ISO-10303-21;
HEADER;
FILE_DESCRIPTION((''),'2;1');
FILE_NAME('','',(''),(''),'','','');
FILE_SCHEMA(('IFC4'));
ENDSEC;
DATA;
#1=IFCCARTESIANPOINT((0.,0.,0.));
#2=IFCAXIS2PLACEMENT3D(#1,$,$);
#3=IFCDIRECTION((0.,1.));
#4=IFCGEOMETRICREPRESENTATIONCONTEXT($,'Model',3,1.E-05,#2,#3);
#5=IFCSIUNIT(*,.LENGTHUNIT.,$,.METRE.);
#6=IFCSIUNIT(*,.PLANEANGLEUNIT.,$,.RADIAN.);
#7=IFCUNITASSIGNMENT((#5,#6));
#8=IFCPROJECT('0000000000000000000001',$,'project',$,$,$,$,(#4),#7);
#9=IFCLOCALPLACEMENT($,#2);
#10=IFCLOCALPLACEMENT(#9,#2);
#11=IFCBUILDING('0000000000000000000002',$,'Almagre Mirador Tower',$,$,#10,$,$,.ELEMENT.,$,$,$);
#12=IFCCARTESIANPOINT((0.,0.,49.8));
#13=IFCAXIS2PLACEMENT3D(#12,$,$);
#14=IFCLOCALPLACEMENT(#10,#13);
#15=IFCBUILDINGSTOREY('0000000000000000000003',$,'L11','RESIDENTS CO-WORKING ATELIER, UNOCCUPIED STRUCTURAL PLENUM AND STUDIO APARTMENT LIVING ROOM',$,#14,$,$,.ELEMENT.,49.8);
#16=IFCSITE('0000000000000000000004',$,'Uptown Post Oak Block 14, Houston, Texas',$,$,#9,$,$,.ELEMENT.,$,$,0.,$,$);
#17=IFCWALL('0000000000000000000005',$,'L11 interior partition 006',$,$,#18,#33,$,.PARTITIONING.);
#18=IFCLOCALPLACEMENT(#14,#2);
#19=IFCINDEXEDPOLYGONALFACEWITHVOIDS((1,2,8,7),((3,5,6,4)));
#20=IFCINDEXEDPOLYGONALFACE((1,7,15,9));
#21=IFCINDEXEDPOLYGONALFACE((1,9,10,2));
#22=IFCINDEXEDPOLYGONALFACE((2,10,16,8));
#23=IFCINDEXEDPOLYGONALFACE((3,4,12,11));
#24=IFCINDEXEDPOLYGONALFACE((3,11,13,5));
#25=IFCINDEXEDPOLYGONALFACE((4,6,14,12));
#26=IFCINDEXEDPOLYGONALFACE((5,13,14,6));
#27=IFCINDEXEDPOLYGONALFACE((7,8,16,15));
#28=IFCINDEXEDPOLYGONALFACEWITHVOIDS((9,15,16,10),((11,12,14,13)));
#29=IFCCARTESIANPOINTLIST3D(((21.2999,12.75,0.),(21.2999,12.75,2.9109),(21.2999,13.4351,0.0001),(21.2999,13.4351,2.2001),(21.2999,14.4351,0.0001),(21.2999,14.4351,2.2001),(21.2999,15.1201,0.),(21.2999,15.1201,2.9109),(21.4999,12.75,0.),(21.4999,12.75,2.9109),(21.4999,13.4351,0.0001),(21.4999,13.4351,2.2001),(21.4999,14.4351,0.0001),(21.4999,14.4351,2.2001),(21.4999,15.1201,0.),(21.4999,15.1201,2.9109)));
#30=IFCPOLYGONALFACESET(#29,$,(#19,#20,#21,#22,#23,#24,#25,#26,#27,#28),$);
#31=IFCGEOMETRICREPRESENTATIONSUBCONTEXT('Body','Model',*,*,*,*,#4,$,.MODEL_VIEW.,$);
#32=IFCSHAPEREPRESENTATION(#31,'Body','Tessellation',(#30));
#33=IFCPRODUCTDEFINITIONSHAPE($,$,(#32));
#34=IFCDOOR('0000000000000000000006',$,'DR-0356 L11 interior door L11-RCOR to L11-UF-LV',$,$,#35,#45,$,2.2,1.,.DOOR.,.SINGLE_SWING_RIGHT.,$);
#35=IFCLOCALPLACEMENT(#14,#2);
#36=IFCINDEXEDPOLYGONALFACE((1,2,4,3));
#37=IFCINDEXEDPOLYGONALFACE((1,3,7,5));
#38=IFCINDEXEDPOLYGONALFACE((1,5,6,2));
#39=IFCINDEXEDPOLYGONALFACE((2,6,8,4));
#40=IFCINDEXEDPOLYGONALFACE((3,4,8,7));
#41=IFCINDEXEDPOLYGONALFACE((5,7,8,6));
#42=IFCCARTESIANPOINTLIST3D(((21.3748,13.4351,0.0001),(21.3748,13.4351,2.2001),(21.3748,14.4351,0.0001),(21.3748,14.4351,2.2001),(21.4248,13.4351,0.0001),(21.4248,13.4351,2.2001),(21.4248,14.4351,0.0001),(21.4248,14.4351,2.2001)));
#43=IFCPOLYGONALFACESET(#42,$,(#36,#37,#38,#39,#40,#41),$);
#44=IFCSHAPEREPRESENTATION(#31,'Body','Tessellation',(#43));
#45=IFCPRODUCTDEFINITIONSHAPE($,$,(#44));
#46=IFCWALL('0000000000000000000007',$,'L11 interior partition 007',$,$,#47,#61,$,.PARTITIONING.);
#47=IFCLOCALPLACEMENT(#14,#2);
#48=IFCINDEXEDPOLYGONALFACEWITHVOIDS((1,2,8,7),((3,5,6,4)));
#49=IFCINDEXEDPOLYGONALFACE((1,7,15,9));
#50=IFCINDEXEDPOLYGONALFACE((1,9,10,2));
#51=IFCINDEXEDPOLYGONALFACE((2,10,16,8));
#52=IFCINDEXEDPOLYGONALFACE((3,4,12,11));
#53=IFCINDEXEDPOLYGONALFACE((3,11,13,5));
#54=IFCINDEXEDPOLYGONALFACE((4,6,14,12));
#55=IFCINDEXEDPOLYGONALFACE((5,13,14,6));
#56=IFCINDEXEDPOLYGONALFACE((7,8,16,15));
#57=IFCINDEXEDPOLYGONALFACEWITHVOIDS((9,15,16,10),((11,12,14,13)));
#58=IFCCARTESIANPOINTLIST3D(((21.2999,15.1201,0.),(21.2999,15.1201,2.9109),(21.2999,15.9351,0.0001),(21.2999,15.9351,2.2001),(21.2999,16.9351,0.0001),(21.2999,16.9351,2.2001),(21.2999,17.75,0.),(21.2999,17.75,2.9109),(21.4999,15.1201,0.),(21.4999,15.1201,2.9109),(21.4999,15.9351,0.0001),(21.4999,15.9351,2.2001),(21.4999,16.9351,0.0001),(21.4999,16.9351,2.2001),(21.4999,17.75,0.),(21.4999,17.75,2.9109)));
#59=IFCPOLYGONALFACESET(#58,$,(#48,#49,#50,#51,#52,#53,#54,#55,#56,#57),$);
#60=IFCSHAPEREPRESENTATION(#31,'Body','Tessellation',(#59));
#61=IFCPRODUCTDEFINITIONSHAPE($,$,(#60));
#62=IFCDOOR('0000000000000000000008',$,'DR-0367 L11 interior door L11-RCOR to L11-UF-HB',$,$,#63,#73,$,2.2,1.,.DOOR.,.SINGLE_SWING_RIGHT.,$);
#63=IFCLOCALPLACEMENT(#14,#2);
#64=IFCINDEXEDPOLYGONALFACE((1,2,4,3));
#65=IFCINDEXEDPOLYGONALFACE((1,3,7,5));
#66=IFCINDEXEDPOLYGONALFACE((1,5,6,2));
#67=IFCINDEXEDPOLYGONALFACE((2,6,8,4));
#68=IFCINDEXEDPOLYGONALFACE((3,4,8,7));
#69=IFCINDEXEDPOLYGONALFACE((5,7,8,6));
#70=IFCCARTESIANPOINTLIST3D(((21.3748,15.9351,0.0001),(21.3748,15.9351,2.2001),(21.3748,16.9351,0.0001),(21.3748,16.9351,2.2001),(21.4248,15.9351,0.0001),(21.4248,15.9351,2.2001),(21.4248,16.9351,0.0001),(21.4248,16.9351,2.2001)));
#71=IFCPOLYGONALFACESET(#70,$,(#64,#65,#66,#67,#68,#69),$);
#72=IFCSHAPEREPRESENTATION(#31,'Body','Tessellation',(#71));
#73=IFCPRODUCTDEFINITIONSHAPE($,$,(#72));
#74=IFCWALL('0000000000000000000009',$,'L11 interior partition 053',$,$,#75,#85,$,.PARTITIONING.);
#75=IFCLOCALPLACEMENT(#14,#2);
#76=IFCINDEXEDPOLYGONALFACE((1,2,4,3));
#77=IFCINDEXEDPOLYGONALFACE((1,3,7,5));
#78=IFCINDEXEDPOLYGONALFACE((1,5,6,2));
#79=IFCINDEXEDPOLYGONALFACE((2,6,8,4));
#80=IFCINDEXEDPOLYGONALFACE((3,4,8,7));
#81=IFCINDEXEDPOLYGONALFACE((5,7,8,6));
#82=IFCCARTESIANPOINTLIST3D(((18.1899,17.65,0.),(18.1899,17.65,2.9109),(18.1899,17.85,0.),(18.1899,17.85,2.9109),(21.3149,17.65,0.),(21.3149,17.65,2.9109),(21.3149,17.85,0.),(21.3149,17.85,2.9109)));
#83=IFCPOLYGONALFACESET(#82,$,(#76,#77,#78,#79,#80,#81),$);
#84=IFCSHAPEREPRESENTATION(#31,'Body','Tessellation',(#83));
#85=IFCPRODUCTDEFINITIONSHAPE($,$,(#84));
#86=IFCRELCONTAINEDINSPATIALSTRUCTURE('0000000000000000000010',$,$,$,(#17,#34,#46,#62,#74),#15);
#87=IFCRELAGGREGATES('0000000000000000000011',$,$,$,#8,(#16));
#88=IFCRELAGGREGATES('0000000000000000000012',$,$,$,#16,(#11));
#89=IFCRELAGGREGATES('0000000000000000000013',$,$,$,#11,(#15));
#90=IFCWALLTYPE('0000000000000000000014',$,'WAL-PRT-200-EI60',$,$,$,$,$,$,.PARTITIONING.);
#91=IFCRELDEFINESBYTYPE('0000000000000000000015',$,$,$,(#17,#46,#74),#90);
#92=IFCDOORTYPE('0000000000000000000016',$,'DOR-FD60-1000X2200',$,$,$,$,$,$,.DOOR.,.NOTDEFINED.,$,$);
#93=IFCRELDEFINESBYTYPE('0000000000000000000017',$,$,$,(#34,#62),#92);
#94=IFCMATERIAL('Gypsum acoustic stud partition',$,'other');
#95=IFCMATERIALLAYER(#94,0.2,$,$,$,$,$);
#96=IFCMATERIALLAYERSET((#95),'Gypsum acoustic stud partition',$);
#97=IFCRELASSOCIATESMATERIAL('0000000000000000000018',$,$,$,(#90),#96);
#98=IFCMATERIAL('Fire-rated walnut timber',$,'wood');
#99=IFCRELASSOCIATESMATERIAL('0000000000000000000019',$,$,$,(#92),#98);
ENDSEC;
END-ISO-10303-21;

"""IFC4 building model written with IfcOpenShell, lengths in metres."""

from ifc_helpers import new_model, si_unit, direction, frame, frame_2d, origin, place, context, subcontext, project, spatial, rectangle, extrude, material, layer, layer_set, type_object, element, fill, save


model = new_model("IFC4")

# Units and contexts
model_context = context("Model", 3, precision=1e-05, world=origin(), true_north=direction((0.0, 1.0)))
body_context = subcontext(model_context, "Body", "Model", "MODEL_VIEW")
ifc_project = project(units=[si_unit("LENGTHUNIT", "METRE"), si_unit("PLANEANGLEUNIT", "RADIAN")], contexts=[model_context])

# Site, building, storey
site_placement = place(None, origin())
site = spatial("IfcSite", under=ifc_project, at=site_placement, Name="Uptown Post Oak Block 14, Houston, Texas", CompositionType="ELEMENT", RefElevation=0.0)
building_placement = place(site_placement, origin())
building = spatial("IfcBuilding", under=site, at=building_placement, Name="Almagre Mirador Tower", CompositionType="ELEMENT")
storey_placement = place(building_placement, frame((0.0, 0.0, 49.8)))
storey = spatial("IfcBuildingStorey", under=building, at=storey_placement, Name="L11", Description="RESIDENTS CO-WORKING ATELIER, UNOCCUPIED STRUCTURAL PLENUM AND STUDIO APARTMENT LIVING ROOM", CompositionType="ELEMENT", Elevation=49.8)

# Walls, openings, doors
ifc_material_1 = material(Name="Gypsum acoustic stud partition", Category="other")
ifc_layer_1 = layer(ifc_material_1, 0.2)
ifc_layer_set_1 = layer_set([ifc_layer_1], Name="Gypsum acoustic stud partition")
wall_type_1 = type_object("IfcWallType", Name="WAL-PRT-200-EI60", PredefinedType="PARTITIONING", material=ifc_layer_set_1)
wall_1_placement = place(storey_placement, frame((21.3999, 15.1201, 0.0), z_axis=(0.0, 0.0, 1.0), x_axis=(0.0, -1.0, 0.0)))
wall_1 = element("IfcWall", 1, at=wall_1_placement, inside=storey, type_object=wall_type_1, Name="L11 interior partition 006", PredefinedType="PARTITIONING", context=body_context, shape_type="SweptSolid", body=[
    extrude(rectangle(XDim=2.3701, YDim=0.2, at=frame_2d((1.1851, 0.0))), origin(), (0.0, 0.0, 1.0), 2.9109),
])
opening_1_placement = place(wall_1_placement, frame((0.6851, 0.0, 0.0)))
opening_1 = element("IfcOpeningElement", 2, at=opening_1_placement, cuts=wall_1, PredefinedType="OPENING", context=body_context, shape_type="SweptSolid", body=[
    extrude(rectangle(XDim=1.0, YDim=2.2, at=frame_2d((0.5, 1.1001))), frame((0.0, 0.1101, 0.0), z_axis=(0.0, -1.0, 0.0), x_axis=(1.0, 0.0, 0.0)), (0.0, 0.0, 1.0), 0.22),
])
ifc_material_2 = material(Name="Fire-rated walnut timber", Category="wood")
door_type_1 = type_object("IfcDoorType", Name="DOR-FD60-1000X2200", OperationType="NOTDEFINED", PredefinedType="DOOR", material=ifc_material_2)
door_1_placement = place(opening_1_placement, origin())
door_1 = element("IfcDoor", 3, at=door_1_placement, inside=storey, type_object=door_type_1, Name="DR-0356 L11 interior door L11-RCOR to L11-UF-LV", OperationType="SINGLE_SWING_RIGHT", OverallHeight=2.2, OverallWidth=1.0, PredefinedType="DOOR", context=body_context, shape_type="SweptSolid", body=[
    extrude(rectangle(XDim=1.0, YDim=2.2, at=frame_2d((0.5, 1.1001))), frame((0.0, 0.0249, 0.0), z_axis=(0.0, -1.0, 0.0), x_axis=(1.0, 0.0, 0.0)), (0.0, 0.0, 1.0), 0.05),
])
fill(opening_1, door_1)
wall_2_placement = place(storey_placement, frame((21.3999, 17.75, 0.0), z_axis=(0.0, 0.0, 1.0), x_axis=(0.0, -1.0, 0.0)))
wall_2 = element("IfcWall", 4, at=wall_2_placement, inside=storey, type_object=wall_type_1, Name="L11 interior partition 007", PredefinedType="PARTITIONING", context=body_context, shape_type="SweptSolid", body=[
    extrude(rectangle(XDim=2.6299, YDim=0.2, at=frame_2d((1.3149, 0.0))), origin(), (0.0, 0.0, 1.0), 2.9109),
])
opening_2_placement = place(wall_2_placement, frame((0.8149, 0.0, 0.0)))
opening_2 = element("IfcOpeningElement", 5, at=opening_2_placement, cuts=wall_2, PredefinedType="OPENING", context=body_context, shape_type="SweptSolid", body=[
    extrude(rectangle(XDim=1.0, YDim=2.2, at=frame_2d((0.5, 1.1001))), frame((0.0, 0.1101, 0.0), z_axis=(0.0, -1.0, 0.0), x_axis=(1.0, 0.0, 0.0)), (0.0, 0.0, 1.0), 0.22),
])
door_2_placement = place(opening_2_placement, origin())
door_2 = element("IfcDoor", 6, at=door_2_placement, inside=storey, type_object=door_type_1, Name="DR-0367 L11 interior door L11-RCOR to L11-UF-HB", OperationType="SINGLE_SWING_RIGHT", OverallHeight=2.2, OverallWidth=1.0, PredefinedType="DOOR", context=body_context, shape_type="SweptSolid", body=[
    extrude(rectangle(XDim=1.0, YDim=2.2, at=frame_2d((0.5, 1.1001))), frame((0.0, 0.0249, 0.0), z_axis=(0.0, -1.0, 0.0), x_axis=(1.0, 0.0, 0.0)), (0.0, 0.0, 1.0), 0.05),
])
fill(opening_2, door_2)

# Wall
wall_3_placement = place(storey_placement, frame((21.3149, 17.75, 0.0), z_axis=(0.0, 0.0, 1.0), x_axis=(-1.0, 0.0, 0.0)))
element("IfcWall", 7, at=wall_3_placement, inside=storey, type_object=wall_type_1, Name="L11 interior partition 053", PredefinedType="PARTITIONING", context=body_context, shape_type="SweptSolid", body=[
    extrude(rectangle(XDim=3.125, YDim=0.2, at=frame_2d((1.5625, 0.0))), origin(), (0.0, 0.0, 1.0), 2.9109),
])

save(model, "model.ifc")
